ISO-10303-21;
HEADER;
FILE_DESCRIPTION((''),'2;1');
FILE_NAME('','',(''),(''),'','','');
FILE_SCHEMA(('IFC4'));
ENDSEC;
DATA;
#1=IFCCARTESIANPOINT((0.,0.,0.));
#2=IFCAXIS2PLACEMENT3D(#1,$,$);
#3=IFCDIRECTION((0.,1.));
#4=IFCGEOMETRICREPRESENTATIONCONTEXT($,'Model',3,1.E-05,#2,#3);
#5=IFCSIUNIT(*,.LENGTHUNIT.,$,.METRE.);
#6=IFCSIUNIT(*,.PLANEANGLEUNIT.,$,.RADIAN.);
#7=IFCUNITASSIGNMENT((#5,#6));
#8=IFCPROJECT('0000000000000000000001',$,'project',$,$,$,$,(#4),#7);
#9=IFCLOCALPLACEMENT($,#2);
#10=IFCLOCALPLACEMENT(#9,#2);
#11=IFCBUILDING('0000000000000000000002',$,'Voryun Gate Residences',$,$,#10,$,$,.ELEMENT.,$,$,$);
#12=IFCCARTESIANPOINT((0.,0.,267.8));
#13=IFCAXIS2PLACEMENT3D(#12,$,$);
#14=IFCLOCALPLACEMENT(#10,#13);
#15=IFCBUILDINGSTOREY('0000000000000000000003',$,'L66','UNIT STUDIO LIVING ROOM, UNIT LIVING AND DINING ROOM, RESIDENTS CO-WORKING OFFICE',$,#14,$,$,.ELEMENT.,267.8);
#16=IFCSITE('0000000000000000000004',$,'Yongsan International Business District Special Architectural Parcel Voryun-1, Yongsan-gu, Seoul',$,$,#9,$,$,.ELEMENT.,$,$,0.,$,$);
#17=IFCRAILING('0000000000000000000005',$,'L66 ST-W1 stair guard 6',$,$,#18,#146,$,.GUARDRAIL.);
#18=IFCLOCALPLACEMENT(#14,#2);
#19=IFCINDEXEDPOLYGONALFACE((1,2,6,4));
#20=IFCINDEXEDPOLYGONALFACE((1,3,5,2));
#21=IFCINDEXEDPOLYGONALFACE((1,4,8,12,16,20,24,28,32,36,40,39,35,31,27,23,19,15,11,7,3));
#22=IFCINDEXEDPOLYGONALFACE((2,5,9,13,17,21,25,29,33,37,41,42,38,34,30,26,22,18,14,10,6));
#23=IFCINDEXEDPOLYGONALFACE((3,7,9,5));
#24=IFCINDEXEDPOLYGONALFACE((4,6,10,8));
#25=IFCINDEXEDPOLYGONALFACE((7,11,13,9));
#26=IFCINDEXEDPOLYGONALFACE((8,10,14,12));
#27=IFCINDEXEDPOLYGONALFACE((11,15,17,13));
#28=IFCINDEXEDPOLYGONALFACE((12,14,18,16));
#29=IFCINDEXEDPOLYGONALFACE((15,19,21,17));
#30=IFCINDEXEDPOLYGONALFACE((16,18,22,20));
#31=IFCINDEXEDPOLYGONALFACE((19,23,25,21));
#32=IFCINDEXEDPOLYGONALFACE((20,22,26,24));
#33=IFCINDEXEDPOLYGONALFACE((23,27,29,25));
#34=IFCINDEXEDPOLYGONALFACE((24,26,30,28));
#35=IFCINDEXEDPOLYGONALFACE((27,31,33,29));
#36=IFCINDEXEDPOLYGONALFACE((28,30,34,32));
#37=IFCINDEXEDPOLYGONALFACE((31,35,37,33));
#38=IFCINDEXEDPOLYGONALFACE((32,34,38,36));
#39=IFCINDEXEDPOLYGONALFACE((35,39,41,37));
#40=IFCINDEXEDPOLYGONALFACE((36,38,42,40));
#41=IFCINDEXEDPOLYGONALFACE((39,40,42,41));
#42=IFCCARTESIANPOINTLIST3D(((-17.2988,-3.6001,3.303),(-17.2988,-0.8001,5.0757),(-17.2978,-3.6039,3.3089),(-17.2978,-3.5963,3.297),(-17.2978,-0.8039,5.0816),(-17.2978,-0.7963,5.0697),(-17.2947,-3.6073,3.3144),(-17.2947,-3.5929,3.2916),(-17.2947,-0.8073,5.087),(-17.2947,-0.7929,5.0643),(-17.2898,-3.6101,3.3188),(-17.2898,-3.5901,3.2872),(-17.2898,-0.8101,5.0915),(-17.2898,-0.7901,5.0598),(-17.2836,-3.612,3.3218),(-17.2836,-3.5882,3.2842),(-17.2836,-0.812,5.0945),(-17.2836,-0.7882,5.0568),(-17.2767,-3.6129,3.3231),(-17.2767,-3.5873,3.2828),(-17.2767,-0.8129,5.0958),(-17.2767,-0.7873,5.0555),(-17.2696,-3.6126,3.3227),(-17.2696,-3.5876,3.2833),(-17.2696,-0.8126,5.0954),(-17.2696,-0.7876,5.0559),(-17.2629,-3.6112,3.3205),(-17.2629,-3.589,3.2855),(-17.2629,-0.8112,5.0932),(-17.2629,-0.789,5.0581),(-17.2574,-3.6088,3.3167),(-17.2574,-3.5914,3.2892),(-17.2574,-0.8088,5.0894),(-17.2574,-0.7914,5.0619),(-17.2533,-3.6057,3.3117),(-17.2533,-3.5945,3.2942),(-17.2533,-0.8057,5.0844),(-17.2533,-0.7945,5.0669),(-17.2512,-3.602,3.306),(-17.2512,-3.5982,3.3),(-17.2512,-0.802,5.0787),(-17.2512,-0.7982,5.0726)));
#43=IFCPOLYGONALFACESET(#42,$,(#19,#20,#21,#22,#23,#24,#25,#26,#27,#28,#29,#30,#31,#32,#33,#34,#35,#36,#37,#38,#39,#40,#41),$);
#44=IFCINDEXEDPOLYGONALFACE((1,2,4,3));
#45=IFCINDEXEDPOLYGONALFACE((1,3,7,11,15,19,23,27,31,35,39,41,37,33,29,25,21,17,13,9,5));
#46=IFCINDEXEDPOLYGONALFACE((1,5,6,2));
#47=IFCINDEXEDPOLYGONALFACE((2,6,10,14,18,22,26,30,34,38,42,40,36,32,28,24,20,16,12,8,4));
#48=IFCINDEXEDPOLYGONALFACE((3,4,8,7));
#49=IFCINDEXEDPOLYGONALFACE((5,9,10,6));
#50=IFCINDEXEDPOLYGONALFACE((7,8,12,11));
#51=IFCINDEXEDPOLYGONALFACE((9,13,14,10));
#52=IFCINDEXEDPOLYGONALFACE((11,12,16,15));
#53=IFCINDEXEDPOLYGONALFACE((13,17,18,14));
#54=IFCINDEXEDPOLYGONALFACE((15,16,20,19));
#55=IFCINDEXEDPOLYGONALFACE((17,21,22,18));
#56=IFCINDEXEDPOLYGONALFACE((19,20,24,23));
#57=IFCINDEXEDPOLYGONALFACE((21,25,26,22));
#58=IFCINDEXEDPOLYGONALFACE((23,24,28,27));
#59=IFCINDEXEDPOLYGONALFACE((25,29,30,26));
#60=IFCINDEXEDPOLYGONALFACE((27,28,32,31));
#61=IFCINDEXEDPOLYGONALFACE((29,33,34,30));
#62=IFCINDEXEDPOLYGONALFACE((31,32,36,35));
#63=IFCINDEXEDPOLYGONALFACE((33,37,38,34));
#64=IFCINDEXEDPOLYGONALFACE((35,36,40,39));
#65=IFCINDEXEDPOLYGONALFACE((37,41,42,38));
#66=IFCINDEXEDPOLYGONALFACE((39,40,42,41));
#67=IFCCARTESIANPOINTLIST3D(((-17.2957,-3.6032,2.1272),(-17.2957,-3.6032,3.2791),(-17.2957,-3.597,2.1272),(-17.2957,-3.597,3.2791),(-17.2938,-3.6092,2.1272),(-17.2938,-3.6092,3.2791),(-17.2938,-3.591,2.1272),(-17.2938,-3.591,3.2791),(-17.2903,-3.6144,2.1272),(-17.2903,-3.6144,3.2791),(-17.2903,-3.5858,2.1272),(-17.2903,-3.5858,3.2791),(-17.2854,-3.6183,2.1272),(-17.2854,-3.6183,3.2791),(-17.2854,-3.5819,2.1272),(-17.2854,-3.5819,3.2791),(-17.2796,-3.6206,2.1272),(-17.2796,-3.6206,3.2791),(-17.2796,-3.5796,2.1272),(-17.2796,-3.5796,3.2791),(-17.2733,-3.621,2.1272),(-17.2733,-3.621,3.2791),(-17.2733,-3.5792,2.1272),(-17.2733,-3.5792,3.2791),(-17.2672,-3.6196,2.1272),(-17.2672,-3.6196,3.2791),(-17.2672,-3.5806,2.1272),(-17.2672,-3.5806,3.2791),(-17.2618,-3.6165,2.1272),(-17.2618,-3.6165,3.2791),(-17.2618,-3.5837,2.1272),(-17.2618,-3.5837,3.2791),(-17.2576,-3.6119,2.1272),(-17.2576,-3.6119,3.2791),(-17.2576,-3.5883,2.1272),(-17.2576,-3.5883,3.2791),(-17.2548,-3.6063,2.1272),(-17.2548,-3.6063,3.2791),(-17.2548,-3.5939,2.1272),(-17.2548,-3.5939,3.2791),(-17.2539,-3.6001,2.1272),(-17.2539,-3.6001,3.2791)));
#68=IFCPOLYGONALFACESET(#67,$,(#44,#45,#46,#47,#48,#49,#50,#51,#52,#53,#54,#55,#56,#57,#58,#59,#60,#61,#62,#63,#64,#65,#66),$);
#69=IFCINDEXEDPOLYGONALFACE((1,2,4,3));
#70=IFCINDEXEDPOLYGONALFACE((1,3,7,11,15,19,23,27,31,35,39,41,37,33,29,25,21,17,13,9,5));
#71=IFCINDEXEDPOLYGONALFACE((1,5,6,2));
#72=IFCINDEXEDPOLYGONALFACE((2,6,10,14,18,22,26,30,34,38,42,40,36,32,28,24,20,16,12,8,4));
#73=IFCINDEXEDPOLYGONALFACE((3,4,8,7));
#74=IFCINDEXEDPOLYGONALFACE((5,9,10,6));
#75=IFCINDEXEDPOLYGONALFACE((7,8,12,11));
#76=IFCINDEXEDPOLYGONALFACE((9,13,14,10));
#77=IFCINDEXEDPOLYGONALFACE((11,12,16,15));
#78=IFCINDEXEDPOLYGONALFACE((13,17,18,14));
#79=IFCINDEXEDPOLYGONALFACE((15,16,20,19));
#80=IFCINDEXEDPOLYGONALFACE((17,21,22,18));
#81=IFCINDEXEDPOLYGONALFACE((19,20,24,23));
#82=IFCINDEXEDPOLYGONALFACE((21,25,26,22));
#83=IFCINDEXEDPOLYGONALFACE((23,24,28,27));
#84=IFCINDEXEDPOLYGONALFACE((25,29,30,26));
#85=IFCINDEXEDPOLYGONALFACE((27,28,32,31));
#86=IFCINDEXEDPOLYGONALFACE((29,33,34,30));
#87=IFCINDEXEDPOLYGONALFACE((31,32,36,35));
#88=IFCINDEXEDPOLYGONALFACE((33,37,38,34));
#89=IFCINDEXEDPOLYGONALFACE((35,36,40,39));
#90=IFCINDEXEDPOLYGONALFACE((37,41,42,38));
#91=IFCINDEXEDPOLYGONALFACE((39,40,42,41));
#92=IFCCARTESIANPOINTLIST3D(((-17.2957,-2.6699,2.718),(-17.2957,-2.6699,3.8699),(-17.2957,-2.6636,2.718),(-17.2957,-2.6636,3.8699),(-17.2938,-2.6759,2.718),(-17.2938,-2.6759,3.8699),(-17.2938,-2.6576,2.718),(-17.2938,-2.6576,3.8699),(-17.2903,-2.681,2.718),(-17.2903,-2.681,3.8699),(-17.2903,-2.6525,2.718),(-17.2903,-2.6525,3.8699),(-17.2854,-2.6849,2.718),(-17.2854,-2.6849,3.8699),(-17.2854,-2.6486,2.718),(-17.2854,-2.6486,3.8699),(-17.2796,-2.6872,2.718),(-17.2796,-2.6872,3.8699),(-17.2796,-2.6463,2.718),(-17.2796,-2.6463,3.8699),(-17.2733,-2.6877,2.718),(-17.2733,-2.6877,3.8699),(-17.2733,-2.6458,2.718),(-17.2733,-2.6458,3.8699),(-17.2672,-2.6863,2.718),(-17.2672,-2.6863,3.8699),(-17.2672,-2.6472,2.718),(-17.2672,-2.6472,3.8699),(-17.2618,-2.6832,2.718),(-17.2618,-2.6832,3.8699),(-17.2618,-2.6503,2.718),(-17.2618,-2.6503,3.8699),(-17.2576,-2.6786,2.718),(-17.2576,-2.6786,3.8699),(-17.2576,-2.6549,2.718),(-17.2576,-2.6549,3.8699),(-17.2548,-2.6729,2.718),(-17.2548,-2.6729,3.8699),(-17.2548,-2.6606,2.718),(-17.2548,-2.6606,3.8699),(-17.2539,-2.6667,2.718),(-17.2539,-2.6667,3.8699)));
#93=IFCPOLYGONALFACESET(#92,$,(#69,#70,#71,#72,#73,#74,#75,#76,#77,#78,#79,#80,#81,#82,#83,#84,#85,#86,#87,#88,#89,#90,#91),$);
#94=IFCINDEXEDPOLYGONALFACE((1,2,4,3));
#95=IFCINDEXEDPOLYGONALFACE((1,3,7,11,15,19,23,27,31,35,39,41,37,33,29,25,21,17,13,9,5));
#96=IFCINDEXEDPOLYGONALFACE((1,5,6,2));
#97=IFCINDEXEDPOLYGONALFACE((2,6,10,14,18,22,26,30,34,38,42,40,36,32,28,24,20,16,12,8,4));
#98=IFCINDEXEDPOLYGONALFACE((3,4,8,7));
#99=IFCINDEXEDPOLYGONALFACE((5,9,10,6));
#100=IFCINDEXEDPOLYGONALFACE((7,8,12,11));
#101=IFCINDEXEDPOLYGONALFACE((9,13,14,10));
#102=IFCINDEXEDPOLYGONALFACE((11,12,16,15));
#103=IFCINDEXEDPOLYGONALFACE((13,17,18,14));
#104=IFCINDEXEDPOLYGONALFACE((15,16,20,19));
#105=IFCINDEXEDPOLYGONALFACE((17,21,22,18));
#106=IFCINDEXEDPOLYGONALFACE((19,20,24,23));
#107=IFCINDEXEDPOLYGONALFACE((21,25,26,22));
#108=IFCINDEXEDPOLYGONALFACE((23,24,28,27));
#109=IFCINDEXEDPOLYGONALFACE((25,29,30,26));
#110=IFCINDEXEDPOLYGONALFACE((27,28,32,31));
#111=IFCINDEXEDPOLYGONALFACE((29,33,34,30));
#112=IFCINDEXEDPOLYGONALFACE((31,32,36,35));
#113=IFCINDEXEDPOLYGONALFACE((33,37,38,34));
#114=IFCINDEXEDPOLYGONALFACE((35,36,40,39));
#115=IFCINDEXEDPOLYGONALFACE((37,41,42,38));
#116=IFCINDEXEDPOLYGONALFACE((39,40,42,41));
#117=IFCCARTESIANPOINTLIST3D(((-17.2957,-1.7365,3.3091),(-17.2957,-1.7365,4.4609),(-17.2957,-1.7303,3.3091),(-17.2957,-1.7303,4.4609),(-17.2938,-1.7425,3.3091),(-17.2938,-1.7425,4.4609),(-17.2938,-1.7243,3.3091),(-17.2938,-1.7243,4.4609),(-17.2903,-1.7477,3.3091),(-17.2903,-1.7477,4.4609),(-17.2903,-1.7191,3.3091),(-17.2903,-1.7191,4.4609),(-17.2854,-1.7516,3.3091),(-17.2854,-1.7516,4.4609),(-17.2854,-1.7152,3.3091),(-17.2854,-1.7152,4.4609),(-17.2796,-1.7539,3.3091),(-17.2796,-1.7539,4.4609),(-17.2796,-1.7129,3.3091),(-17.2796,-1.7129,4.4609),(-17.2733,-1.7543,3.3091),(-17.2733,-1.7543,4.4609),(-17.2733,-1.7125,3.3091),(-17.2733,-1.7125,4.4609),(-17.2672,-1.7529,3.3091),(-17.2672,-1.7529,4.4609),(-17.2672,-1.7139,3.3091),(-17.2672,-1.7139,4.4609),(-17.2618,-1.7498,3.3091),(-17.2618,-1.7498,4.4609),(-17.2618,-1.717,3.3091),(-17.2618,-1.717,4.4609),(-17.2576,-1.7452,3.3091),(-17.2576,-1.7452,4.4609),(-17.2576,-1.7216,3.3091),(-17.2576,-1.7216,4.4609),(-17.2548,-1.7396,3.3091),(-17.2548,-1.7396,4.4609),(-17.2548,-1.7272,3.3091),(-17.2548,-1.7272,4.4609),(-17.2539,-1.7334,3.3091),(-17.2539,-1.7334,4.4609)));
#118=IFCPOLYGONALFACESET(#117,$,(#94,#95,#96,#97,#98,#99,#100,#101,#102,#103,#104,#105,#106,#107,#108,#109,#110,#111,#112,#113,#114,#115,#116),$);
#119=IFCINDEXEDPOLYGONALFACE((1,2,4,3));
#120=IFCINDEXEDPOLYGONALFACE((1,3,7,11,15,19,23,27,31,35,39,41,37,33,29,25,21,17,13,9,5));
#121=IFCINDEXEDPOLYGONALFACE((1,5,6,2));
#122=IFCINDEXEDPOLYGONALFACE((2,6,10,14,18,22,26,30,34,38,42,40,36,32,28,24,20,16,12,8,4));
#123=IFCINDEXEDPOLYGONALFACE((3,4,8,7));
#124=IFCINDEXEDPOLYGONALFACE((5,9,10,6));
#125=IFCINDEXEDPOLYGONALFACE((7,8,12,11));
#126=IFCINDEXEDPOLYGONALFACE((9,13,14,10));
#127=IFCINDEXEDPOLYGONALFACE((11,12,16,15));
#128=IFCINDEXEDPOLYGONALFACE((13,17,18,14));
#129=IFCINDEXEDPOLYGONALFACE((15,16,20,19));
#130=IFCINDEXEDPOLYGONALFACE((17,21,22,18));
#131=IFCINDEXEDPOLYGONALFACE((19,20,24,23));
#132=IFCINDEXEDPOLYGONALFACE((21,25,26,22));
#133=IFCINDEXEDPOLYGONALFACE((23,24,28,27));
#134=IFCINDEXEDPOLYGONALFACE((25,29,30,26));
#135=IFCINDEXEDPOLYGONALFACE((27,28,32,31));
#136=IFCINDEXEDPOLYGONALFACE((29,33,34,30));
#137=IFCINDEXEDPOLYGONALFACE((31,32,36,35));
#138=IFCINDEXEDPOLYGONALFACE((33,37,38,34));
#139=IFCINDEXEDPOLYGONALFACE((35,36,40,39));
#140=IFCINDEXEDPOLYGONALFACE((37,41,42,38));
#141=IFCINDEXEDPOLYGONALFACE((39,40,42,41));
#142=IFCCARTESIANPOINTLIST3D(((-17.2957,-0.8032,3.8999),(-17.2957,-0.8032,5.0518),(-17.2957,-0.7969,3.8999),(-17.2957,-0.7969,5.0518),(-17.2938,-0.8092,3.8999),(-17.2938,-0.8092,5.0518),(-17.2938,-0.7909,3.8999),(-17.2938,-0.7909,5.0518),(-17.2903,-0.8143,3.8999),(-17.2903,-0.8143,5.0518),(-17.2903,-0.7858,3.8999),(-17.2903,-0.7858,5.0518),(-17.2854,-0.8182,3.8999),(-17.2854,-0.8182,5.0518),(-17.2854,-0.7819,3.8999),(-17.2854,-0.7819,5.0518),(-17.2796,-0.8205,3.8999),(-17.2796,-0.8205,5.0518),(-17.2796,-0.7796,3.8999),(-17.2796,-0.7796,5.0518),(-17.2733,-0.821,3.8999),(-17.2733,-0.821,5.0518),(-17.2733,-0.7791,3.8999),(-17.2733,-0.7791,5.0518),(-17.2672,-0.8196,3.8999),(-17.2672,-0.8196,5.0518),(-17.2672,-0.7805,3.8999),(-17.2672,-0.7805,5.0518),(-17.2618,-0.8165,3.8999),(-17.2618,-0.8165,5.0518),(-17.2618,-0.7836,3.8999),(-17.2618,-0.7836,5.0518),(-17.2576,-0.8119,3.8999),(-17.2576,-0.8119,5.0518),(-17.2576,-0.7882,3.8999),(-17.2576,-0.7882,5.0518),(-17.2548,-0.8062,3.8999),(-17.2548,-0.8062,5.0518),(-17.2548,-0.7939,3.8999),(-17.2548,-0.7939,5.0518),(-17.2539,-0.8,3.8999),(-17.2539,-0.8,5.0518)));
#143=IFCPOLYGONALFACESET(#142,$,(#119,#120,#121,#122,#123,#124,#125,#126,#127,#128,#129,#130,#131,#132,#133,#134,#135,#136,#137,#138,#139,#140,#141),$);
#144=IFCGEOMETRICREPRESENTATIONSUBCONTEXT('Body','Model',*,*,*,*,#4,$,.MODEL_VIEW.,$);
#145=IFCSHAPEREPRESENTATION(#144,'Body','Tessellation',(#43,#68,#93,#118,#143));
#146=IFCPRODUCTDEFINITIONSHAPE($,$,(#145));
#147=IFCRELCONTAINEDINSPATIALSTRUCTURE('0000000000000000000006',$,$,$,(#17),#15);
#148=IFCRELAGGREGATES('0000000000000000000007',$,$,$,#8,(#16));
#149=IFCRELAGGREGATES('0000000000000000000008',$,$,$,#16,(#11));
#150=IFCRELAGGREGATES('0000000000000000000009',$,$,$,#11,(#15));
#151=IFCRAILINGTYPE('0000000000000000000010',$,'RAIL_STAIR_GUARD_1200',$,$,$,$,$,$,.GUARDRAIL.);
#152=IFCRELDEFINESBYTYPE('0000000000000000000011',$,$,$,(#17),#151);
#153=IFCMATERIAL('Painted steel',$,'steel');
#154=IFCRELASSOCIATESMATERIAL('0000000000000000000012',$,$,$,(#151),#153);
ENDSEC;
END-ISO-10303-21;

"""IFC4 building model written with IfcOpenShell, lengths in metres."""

from ifc_helpers import new_model, si_unit, direction, frame, origin, origin_2d, place, context, subcontext, project, spatial, circle, extrude, material, type_object, element, save


model = new_model("IFC4")

# Units and contexts
model_context = context("Model", 3, precision=1e-05, world=origin(), true_north=direction((0.0, 1.0)))
body_context = subcontext(model_context, "Body", "Model", "MODEL_VIEW")
ifc_project = project(units=[si_unit("LENGTHUNIT", "METRE"), si_unit("PLANEANGLEUNIT", "RADIAN")], contexts=[model_context])

# Site, building, storey
site_placement = place(None, origin())
site = spatial("IfcSite", under=ifc_project, at=site_placement, Name="Yongsan International Business District Special Architectural Parcel Voryun-1, Yongsan-gu, Seoul", CompositionType="ELEMENT", RefElevation=0.0)
building_placement = place(site_placement, origin())
building = spatial("IfcBuilding", under=site, at=building_placement, Name="Voryun Gate Residences", CompositionType="ELEMENT")
storey_placement = place(building_placement, frame((0.0, 0.0, 267.8)))
storey = spatial("IfcBuildingStorey", under=building, at=storey_placement, Name="L66", Description="UNIT STUDIO LIVING ROOM, UNIT LIVING AND DINING ROOM, RESIDENTS CO-WORKING OFFICE", CompositionType="ELEMENT", Elevation=267.8)

# Railing
ifc_material_1 = material(Name="Painted steel", Category="steel")
railing_type_1 = type_object("IfcRailingType", Name="RAIL_STAIR_GUARD_1200", PredefinedType="GUARDRAIL", material=ifc_material_1)
railing_1_placement = place(storey_placement, frame((-17.2749, -3.6001, 2.1272)))
element("IfcRailing", 1, at=railing_1_placement, inside=storey, type_object=railing_type_1, Name="L66 ST-W1 stair guard 6", PredefinedType="GUARDRAIL", context=body_context, shape_type="SweptSolid", body=[
    extrude(circle(Radius=0.0239, at=origin_2d()), frame((0.0, 0.0, 1.1758), z_axis=(0.0, 0.844909, 0.53491), x_axis=(-1.0, 0.0, 0.0)), (0.0, 0.0, 1.0), 3.314),
    extrude(circle(Radius=0.021, at=origin_2d()), origin(), (0.0, 0.0, 1.0), 1.1519),
    extrude(circle(Radius=0.021, at=origin_2d()), frame((0.0, 0.9333, 0.5908)), (0.0, 0.0, 1.0), 1.1519),
    extrude(circle(Radius=0.021, at=origin_2d()), frame((0.0, 1.8667, 1.1819)), (0.0, 0.0, 1.0), 1.1519),
    extrude(circle(Radius=0.021, at=origin_2d()), frame((0.0, 2.8, 1.7727)), (0.0, 0.0, 1.0), 1.1519),
])

save(model, "model.ifc")
